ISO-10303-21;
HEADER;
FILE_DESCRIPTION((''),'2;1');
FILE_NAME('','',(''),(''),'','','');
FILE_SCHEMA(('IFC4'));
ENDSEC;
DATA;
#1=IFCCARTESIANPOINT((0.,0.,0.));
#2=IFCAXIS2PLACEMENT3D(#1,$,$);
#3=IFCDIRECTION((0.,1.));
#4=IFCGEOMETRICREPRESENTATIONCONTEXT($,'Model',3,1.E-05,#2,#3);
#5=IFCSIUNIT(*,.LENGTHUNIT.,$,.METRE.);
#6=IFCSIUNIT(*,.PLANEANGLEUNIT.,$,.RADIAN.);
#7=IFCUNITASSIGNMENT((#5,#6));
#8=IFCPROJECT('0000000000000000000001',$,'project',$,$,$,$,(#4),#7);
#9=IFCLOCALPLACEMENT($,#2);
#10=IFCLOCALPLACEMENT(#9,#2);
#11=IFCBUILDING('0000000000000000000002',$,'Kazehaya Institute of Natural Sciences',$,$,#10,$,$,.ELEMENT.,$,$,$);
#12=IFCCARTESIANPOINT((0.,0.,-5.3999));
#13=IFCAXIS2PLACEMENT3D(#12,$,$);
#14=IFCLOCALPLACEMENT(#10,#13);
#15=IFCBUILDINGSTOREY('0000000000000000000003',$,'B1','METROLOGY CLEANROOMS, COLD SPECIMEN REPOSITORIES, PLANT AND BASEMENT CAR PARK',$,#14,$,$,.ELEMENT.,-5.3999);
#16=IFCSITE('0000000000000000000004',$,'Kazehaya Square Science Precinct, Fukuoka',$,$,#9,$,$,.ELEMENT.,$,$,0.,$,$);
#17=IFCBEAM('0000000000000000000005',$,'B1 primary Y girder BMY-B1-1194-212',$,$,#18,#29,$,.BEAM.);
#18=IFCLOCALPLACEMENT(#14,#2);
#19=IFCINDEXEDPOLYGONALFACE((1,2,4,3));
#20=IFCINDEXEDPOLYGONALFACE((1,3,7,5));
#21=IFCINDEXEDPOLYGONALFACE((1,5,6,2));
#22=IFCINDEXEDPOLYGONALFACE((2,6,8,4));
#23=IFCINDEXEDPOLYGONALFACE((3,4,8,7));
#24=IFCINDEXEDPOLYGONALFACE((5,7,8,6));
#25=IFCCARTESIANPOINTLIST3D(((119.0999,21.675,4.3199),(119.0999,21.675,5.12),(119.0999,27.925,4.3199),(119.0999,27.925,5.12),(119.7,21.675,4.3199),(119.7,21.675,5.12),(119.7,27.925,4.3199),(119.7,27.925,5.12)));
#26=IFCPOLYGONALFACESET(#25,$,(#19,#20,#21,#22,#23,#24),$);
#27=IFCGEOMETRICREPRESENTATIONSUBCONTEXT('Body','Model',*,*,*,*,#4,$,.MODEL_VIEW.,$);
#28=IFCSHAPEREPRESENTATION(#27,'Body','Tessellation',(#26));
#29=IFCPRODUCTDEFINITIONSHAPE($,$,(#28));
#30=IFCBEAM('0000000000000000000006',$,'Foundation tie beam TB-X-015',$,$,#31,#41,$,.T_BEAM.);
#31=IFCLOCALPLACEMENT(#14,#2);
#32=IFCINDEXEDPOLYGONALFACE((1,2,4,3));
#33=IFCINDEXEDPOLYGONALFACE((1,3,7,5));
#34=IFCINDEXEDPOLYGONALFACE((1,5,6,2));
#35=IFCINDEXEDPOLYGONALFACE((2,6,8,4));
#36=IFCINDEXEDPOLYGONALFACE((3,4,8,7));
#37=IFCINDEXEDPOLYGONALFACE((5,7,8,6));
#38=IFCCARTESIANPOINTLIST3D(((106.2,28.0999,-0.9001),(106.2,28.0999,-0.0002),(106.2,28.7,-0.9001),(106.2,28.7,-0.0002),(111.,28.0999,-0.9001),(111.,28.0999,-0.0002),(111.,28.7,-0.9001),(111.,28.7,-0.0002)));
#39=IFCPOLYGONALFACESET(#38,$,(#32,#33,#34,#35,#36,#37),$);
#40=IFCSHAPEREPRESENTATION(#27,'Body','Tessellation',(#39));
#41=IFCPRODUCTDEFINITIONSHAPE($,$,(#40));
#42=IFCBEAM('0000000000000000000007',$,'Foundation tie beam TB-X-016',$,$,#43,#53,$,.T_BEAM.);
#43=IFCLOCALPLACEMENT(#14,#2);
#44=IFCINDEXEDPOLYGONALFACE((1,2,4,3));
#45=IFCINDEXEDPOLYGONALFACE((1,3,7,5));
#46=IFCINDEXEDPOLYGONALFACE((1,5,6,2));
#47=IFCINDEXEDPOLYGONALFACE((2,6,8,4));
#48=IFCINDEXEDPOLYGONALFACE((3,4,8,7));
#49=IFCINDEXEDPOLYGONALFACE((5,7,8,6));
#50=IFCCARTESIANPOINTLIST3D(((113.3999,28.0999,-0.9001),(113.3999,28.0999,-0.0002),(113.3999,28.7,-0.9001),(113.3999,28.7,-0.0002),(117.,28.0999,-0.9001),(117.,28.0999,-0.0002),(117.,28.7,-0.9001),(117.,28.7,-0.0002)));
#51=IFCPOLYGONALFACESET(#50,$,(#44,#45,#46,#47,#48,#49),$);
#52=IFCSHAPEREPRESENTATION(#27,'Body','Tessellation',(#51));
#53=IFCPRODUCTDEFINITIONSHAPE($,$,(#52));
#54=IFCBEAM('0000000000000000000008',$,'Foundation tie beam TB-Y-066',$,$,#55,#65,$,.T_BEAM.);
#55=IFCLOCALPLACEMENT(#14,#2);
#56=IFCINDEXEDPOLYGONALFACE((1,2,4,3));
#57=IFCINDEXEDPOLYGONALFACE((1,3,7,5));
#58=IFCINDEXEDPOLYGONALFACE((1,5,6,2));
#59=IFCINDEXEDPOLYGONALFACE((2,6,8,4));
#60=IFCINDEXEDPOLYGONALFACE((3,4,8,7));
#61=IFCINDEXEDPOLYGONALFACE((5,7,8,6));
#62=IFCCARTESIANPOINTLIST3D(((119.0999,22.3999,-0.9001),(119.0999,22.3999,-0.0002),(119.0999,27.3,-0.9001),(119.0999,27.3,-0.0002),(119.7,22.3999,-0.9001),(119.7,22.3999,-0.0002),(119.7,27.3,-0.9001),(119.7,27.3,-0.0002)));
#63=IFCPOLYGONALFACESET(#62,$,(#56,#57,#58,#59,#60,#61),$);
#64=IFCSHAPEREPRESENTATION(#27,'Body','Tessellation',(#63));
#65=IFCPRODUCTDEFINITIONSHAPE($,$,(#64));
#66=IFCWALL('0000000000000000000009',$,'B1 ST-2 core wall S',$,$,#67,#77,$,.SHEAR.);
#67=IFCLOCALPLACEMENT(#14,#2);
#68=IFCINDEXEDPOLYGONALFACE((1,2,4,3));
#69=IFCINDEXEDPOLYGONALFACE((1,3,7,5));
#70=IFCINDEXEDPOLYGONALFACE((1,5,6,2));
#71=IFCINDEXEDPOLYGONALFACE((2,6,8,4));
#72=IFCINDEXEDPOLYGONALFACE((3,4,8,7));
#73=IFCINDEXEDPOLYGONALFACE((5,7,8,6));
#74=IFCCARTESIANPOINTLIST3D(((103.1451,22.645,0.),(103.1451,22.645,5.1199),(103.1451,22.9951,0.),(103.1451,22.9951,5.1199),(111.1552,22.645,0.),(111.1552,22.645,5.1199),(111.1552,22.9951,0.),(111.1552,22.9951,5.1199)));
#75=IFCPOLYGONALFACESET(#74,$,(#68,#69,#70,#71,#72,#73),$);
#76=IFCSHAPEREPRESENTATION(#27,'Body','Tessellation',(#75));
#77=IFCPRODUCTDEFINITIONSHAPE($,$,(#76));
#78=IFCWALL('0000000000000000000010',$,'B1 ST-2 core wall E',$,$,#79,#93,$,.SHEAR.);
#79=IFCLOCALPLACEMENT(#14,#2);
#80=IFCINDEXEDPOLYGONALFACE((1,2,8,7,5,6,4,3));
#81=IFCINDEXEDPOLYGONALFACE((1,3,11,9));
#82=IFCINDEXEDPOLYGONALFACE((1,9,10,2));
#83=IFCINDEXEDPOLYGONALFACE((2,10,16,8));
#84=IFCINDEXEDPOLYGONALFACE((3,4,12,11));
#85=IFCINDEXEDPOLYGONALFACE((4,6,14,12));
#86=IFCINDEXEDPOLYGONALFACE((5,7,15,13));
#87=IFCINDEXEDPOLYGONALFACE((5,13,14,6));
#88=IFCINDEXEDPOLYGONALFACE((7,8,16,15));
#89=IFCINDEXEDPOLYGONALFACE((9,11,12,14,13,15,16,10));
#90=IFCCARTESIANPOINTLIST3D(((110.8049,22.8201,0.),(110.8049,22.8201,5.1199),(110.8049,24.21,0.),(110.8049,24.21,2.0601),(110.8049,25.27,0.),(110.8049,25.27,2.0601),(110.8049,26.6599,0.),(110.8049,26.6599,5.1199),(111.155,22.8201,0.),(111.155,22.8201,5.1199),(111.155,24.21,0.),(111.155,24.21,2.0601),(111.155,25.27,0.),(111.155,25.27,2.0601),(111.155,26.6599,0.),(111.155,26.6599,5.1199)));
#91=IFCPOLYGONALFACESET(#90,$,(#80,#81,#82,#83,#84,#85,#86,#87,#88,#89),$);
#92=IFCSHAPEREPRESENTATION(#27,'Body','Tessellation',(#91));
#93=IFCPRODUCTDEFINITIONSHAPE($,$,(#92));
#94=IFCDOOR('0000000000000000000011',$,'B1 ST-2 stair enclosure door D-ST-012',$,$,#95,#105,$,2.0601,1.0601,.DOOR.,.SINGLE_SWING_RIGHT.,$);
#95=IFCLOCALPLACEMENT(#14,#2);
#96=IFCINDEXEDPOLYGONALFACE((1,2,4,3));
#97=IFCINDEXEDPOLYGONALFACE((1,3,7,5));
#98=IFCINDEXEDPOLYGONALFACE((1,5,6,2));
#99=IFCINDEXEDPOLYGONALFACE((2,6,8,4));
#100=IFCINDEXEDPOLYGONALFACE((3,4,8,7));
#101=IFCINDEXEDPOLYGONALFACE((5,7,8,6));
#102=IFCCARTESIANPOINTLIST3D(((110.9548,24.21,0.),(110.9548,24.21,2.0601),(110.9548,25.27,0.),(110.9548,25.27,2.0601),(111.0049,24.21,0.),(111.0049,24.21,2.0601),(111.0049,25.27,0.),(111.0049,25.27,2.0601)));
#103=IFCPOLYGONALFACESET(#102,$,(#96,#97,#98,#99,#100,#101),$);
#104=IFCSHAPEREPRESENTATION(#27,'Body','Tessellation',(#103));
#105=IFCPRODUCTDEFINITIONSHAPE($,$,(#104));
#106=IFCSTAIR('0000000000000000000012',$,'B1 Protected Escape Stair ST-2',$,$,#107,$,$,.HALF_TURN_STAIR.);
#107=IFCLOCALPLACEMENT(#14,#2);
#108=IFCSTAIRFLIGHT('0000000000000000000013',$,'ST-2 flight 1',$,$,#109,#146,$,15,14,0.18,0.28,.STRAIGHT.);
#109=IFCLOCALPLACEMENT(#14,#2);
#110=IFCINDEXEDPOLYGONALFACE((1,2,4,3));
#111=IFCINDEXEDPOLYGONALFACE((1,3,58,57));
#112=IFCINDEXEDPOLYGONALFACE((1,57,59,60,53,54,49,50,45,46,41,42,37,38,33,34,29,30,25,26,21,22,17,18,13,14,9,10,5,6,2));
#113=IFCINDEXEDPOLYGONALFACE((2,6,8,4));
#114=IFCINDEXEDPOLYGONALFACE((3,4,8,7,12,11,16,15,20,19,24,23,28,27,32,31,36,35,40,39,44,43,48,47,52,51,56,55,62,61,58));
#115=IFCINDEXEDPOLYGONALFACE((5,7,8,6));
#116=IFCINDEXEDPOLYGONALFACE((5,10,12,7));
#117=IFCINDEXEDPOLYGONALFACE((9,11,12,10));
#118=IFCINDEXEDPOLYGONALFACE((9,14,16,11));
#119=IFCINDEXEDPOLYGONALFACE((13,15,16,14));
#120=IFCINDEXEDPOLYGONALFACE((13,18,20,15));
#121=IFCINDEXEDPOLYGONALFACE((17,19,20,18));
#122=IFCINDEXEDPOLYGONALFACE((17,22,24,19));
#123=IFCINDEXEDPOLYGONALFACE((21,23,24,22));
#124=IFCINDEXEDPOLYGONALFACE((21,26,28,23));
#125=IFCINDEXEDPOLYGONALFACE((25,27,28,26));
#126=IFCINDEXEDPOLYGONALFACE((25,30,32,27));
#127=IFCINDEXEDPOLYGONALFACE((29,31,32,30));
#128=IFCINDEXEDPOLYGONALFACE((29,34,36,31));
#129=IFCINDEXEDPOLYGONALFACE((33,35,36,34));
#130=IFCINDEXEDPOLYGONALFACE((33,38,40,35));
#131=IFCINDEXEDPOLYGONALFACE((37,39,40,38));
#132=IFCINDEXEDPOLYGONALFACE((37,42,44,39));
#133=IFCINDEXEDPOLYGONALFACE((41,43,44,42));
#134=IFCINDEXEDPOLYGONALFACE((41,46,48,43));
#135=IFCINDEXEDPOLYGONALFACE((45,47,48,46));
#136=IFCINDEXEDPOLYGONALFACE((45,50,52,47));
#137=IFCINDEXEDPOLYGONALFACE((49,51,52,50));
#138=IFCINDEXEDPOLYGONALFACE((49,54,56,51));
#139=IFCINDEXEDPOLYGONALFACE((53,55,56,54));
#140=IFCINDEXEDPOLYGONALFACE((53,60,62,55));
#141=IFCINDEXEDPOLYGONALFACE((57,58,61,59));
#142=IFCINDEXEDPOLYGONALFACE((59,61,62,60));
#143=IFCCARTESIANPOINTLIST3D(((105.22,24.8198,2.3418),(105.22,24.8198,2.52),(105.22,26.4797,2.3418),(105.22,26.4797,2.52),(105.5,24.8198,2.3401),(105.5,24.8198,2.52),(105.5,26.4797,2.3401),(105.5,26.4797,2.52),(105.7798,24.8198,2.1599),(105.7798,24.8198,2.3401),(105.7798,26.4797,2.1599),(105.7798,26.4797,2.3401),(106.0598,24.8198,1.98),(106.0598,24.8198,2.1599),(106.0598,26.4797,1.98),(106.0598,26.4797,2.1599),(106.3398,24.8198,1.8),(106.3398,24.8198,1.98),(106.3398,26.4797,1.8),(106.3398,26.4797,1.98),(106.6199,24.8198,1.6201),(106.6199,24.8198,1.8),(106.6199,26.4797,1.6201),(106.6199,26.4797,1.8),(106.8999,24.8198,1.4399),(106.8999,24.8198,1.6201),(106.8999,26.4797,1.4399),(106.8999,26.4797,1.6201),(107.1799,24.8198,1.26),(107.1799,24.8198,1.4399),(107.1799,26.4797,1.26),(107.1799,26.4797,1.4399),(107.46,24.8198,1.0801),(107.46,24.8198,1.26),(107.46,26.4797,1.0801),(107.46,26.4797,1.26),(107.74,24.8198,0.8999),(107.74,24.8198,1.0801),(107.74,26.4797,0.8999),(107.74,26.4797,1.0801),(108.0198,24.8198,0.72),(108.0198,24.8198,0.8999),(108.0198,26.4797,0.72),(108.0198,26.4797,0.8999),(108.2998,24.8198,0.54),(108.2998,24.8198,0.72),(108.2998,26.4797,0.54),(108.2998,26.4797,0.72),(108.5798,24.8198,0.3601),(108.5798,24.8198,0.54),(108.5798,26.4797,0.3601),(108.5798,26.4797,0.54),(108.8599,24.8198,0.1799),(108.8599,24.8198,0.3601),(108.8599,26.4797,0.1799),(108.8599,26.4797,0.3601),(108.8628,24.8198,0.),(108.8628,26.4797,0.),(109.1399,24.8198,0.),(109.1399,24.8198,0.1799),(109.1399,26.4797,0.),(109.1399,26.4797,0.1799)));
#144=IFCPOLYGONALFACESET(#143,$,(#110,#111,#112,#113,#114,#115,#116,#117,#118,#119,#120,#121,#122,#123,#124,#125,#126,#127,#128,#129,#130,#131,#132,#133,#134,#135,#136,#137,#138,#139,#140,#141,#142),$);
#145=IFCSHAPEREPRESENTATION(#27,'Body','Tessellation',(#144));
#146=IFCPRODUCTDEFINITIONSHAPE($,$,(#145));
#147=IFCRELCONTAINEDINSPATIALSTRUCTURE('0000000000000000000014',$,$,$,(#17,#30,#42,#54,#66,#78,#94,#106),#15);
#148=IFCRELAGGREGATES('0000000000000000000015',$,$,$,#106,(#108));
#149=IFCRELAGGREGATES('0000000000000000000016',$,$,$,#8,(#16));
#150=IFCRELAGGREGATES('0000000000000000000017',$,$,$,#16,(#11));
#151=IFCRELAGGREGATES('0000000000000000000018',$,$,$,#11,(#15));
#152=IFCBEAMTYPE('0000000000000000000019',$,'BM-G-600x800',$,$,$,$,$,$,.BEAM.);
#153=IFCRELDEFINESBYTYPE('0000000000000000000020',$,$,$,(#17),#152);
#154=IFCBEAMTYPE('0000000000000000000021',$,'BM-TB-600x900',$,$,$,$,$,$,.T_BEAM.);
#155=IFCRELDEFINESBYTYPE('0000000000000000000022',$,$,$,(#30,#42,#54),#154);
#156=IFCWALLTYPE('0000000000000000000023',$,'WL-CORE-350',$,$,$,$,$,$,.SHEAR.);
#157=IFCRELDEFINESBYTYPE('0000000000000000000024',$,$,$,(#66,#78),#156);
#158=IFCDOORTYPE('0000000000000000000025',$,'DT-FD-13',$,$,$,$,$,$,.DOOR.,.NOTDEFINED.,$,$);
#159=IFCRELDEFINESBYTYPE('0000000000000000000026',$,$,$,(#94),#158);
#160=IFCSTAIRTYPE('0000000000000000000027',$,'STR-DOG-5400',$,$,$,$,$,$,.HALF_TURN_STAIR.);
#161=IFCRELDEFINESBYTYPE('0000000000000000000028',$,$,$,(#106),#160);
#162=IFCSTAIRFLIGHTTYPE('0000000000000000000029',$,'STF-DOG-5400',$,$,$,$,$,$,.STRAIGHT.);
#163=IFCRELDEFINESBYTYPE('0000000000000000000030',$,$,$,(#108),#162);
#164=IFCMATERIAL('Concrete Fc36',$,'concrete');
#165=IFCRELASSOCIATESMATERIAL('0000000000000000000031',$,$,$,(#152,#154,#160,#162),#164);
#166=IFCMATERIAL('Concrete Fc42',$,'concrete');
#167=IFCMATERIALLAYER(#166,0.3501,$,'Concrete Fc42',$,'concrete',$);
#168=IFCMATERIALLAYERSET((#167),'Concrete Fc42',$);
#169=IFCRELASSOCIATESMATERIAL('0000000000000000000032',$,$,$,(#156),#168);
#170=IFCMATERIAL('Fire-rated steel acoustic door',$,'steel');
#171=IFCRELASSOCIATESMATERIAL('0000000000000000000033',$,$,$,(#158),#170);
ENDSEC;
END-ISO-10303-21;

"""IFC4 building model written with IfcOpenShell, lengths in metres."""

from ifc_helpers import new_model, si_unit, direction, frame, frame_2d, origin, origin_2d, place, context, subcontext, project, spatial, polyline, rectangle, outline, extrude, material, layer, layer_set, material_profile, profile_set, type_object, element, fill, aggregate, save


model = new_model("IFC4")

# Units and contexts
model_context = context("Model", 3, precision=1e-05, world=origin(), true_north=direction((0.0, 1.0)))
body_context = subcontext(model_context, "Body", "Model", "MODEL_VIEW")
ifc_project = project(units=[si_unit("LENGTHUNIT", "METRE"), si_unit("PLANEANGLEUNIT", "RADIAN")], contexts=[model_context])

# Site, building, storey
site_placement = place(None, origin())
site = spatial("IfcSite", under=ifc_project, at=site_placement, Name="Kazehaya Square Science Precinct, Fukuoka", CompositionType="ELEMENT", RefElevation=0.0)
building_placement = place(site_placement, origin())
building = spatial("IfcBuilding", under=site, at=building_placement, Name="Kazehaya Institute of Natural Sciences", CompositionType="ELEMENT")
storey_placement = place(building_placement, frame((0.0, 0.0, -5.3999)))
storey = spatial("IfcBuildingStorey", under=building, at=storey_placement, Name="B1", Description="METROLOGY CLEANROOMS, COLD SPECIMEN REPOSITORIES, PLANT AND BASEMENT CAR PARK", CompositionType="ELEMENT", Elevation=-5.3999)

# Shared definitions
ifc_material_1 = material(Name="Concrete Fc36", Category="concrete")

# Shared definitions
ifc_material_2 = material(Name="Concrete Fc42", Category="concrete")

# Beams
ifc_material_profile_1 = material_profile(ifc_material_1, rectangle(XDim=0.6001, YDim=0.8, at=origin_2d()), Name="RC-600x800")
ifc_profile_set_1 = profile_set([ifc_material_profile_1], Name="Concrete Fc36")
beam_type_1 = type_object("IfcBeamType", Name="BM-G-600x800", PredefinedType="BEAM", material=ifc_profile_set_1)
for number, where, z_axis, x_axis, name in (
    (1, (119.3999, 21.675, 4.72), (0.0, 1.0, 0.0), (-1.0, 0.0, 0.0), "B1 primary Y girder BMY-B1-1194-212"),
):
    element("IfcBeam", number, at=place(storey_placement, frame(where, z_axis=z_axis, x_axis=x_axis)), inside=storey, type_object=beam_type_1, Name=name, PredefinedType="BEAM", context=body_context, shape_type="SweptSolid", body=[
        extrude(rectangle(XDim=0.6001, YDim=0.8, at=origin_2d()), origin(), (0.0, 0.0, 1.0), 6.25),
    ])
ifc_material_profile_2 = material_profile(ifc_material_1, rectangle(XDim=0.6001, YDim=0.8999, at=origin_2d()), Name="RC-600x900")
ifc_profile_set_2 = profile_set([ifc_material_profile_2], Name="Concrete Fc36")
beam_type_2 = type_object("IfcBeamType", Name="BM-TB-600x900", PredefinedType="T_BEAM", material=ifc_profile_set_2)
beam_1_placement = place(storey_placement, frame((106.2, 28.3999, -0.4502), z_axis=(1.0, 0.0, 0.0), x_axis=(0.0, 1.0, 0.0)))
element("IfcBeam", 2, at=beam_1_placement, inside=storey, type_object=beam_type_2, Name="Foundation tie beam TB-X-015", PredefinedType="T_BEAM", context=body_context, shape_type="SweptSolid", body=[
    extrude(rectangle(XDim=0.6001, YDim=0.8999, at=origin_2d()), origin(), (0.0, 0.0, 1.0), 4.8),
])
beam_2_placement = place(storey_placement, frame((113.3999, 28.3999, -0.4502), z_axis=(1.0, 0.0, 0.0), x_axis=(0.0, 1.0, 0.0)))
element("IfcBeam", 3, at=beam_2_placement, inside=storey, type_object=beam_type_2, Name="Foundation tie beam TB-X-016", PredefinedType="T_BEAM", context=body_context, shape_type="SweptSolid", body=[
    extrude(rectangle(XDim=0.6001, YDim=0.8999, at=origin_2d()), origin(), (0.0, 0.0, 1.0), 3.6001),
])
beam_3_placement = place(storey_placement, frame((119.3999, 22.3999, -0.4502), z_axis=(0.0, 1.0, 0.0), x_axis=(-1.0, 0.0, 0.0)))
element("IfcBeam", 4, at=beam_3_placement, inside=storey, type_object=beam_type_2, Name="Foundation tie beam TB-Y-066", PredefinedType="T_BEAM", context=body_context, shape_type="SweptSolid", body=[
    extrude(rectangle(XDim=0.6001, YDim=0.8999, at=origin_2d()), origin(), (0.0, 0.0, 1.0), 4.9001),
])

# Wall
ifc_layer = layer(ifc_material_2, 0.3501, Name="Concrete Fc42", Category="concrete")
ifc_layer_set = layer_set([ifc_layer], Name="Concrete Fc42")
wall_type = type_object("IfcWallType", Name="WL-CORE-350", PredefinedType="SHEAR", material=ifc_layer_set)
wall_1_placement = place(storey_placement, frame((111.155, 22.8201, 0.0), z_axis=(0.0, 0.0, 1.0), x_axis=(-1.0, 0.0, 0.0)))
element("IfcWall", 5, at=wall_1_placement, inside=storey, type_object=wall_type, Name="B1 ST-2 core wall S", PredefinedType="SHEAR", context=body_context, shape_type="SweptSolid", body=[
    extrude(rectangle(XDim=8.01, YDim=0.3501, at=frame_2d((4.0049, 0.0))), origin(), (0.0, 0.0, 1.0), 5.1199),
])

# Wall, opening, door
wall_2_placement = place(storey_placement, frame((110.98, 26.6599, 0.0), z_axis=(0.0, 0.0, 1.0), x_axis=(0.0, -1.0, 0.0)))
wall_2 = element("IfcWall", 6, at=wall_2_placement, inside=storey, type_object=wall_type, Name="B1 ST-2 core wall E", PredefinedType="SHEAR", context=body_context, shape_type="SweptSolid", body=[
    extrude(rectangle(XDim=3.8398, YDim=0.3501, at=frame_2d((1.9199, 0.0))), origin(), (0.0, 0.0, 1.0), 5.1199),
])
opening_placement = place(wall_2_placement, frame((1.3899, 0.0, 0.0)))
opening = element("IfcOpeningElement", 7, at=opening_placement, cuts=wall_2, PredefinedType="OPENING", context=body_context, shape_type="SweptSolid", body=[
    extrude(rectangle(XDim=1.0601, YDim=2.0601, at=frame_2d((0.53, 1.03))), frame((0.0, 0.1851, 0.0), z_axis=(0.0, -1.0, 0.0), x_axis=(1.0, 0.0, 0.0)), (0.0, 0.0, 1.0), 0.3701),
])
ifc_material_3 = material(Name="Fire-rated steel acoustic door", Category="steel")
door_type = type_object("IfcDoorType", Name="DT-FD-13", OperationType="NOTDEFINED", PredefinedType="DOOR", material=ifc_material_3)
door_placement = place(opening_placement, origin())
door = element("IfcDoor", 8, at=door_placement, inside=storey, type_object=door_type, Name="B1 ST-2 stair enclosure door D-ST-012", OperationType="SINGLE_SWING_RIGHT", OverallHeight=2.0601, OverallWidth=1.0601, PredefinedType="DOOR", context=body_context, shape_type="SweptSolid", body=[
    extrude(rectangle(XDim=1.0601, YDim=2.0601, at=frame_2d((0.53, 1.03))), frame((0.0, 0.0249, 0.0), z_axis=(0.0, -1.0, 0.0), x_axis=(1.0, 0.0, 0.0)), (0.0, 0.0, 1.0), 0.05),
])
fill(opening, door)

# Stair, stair flight
stair_type = type_object("IfcStairType", Name="STR-DOG-5400", PredefinedType="HALF_TURN_STAIR", material=ifc_material_1)
stair_placement = place(storey_placement, origin())
stair = element("IfcStair", 9, at=stair_placement, inside=storey, type_object=stair_type, Name="B1 Protected Escape Stair ST-2", PredefinedType="HALF_TURN_STAIR")
stair_flight_type = type_object("IfcStairFlightType", Name="STF-DOG-5400", PredefinedType="STRAIGHT", material=ifc_material_1)
stair_flight_placement = place(storey_placement, frame((109.1399, 25.6499, 0.0), z_axis=(0.0, 0.0, 1.0), x_axis=(-1.0, 0.0, 0.0)))
stair_flight = element("IfcStairFlight", 10, at=stair_flight_placement, type_object=stair_flight_type, Name="ST-2 flight 1", NumberOfRisers=15, NumberOfTreads=14, PredefinedType="STRAIGHT", RiserHeight=0.18, TreadLength=0.28, context=body_context, shape_type="SweptSolid", body=[
    extrude(outline(polyline([(0.0, 0.0), (0.0, 0.1799), (0.28, 0.1799), (0.28, 0.3601), (0.5601, 0.3601), (0.5601, 0.54), (0.8401, 0.54), (0.8401, 0.72), (1.1201, 0.72), (1.1201, 0.8999), (1.3999, 0.8999), (1.3999, 1.0801), (1.6799, 1.0801), (1.6799, 1.26), (1.96, 1.26), (1.96, 1.4399), (2.24, 1.4399), (2.24, 1.6201), (2.52, 1.6201), (2.52, 1.8), (2.8, 1.8), (2.8, 1.98), (3.0801, 1.98), (3.0801, 2.1599), (3.3601, 2.1599), (3.3601, 2.3401), (3.6399, 2.3401), (3.6399, 2.52), (3.9199, 2.52), (3.9199, 2.7), (3.9199, 2.3418), (0.2771, 0.0), (0.0, 0.0)])), frame((0.0, 0.8301, 0.0), z_axis=(0.0, -1.0, 0.0), x_axis=(1.0, 0.0, 0.0)), (0.0, 0.0, 1.0), 1.6599),
])
aggregate(stair, [stair_flight])

save(model, "model.ifc")
